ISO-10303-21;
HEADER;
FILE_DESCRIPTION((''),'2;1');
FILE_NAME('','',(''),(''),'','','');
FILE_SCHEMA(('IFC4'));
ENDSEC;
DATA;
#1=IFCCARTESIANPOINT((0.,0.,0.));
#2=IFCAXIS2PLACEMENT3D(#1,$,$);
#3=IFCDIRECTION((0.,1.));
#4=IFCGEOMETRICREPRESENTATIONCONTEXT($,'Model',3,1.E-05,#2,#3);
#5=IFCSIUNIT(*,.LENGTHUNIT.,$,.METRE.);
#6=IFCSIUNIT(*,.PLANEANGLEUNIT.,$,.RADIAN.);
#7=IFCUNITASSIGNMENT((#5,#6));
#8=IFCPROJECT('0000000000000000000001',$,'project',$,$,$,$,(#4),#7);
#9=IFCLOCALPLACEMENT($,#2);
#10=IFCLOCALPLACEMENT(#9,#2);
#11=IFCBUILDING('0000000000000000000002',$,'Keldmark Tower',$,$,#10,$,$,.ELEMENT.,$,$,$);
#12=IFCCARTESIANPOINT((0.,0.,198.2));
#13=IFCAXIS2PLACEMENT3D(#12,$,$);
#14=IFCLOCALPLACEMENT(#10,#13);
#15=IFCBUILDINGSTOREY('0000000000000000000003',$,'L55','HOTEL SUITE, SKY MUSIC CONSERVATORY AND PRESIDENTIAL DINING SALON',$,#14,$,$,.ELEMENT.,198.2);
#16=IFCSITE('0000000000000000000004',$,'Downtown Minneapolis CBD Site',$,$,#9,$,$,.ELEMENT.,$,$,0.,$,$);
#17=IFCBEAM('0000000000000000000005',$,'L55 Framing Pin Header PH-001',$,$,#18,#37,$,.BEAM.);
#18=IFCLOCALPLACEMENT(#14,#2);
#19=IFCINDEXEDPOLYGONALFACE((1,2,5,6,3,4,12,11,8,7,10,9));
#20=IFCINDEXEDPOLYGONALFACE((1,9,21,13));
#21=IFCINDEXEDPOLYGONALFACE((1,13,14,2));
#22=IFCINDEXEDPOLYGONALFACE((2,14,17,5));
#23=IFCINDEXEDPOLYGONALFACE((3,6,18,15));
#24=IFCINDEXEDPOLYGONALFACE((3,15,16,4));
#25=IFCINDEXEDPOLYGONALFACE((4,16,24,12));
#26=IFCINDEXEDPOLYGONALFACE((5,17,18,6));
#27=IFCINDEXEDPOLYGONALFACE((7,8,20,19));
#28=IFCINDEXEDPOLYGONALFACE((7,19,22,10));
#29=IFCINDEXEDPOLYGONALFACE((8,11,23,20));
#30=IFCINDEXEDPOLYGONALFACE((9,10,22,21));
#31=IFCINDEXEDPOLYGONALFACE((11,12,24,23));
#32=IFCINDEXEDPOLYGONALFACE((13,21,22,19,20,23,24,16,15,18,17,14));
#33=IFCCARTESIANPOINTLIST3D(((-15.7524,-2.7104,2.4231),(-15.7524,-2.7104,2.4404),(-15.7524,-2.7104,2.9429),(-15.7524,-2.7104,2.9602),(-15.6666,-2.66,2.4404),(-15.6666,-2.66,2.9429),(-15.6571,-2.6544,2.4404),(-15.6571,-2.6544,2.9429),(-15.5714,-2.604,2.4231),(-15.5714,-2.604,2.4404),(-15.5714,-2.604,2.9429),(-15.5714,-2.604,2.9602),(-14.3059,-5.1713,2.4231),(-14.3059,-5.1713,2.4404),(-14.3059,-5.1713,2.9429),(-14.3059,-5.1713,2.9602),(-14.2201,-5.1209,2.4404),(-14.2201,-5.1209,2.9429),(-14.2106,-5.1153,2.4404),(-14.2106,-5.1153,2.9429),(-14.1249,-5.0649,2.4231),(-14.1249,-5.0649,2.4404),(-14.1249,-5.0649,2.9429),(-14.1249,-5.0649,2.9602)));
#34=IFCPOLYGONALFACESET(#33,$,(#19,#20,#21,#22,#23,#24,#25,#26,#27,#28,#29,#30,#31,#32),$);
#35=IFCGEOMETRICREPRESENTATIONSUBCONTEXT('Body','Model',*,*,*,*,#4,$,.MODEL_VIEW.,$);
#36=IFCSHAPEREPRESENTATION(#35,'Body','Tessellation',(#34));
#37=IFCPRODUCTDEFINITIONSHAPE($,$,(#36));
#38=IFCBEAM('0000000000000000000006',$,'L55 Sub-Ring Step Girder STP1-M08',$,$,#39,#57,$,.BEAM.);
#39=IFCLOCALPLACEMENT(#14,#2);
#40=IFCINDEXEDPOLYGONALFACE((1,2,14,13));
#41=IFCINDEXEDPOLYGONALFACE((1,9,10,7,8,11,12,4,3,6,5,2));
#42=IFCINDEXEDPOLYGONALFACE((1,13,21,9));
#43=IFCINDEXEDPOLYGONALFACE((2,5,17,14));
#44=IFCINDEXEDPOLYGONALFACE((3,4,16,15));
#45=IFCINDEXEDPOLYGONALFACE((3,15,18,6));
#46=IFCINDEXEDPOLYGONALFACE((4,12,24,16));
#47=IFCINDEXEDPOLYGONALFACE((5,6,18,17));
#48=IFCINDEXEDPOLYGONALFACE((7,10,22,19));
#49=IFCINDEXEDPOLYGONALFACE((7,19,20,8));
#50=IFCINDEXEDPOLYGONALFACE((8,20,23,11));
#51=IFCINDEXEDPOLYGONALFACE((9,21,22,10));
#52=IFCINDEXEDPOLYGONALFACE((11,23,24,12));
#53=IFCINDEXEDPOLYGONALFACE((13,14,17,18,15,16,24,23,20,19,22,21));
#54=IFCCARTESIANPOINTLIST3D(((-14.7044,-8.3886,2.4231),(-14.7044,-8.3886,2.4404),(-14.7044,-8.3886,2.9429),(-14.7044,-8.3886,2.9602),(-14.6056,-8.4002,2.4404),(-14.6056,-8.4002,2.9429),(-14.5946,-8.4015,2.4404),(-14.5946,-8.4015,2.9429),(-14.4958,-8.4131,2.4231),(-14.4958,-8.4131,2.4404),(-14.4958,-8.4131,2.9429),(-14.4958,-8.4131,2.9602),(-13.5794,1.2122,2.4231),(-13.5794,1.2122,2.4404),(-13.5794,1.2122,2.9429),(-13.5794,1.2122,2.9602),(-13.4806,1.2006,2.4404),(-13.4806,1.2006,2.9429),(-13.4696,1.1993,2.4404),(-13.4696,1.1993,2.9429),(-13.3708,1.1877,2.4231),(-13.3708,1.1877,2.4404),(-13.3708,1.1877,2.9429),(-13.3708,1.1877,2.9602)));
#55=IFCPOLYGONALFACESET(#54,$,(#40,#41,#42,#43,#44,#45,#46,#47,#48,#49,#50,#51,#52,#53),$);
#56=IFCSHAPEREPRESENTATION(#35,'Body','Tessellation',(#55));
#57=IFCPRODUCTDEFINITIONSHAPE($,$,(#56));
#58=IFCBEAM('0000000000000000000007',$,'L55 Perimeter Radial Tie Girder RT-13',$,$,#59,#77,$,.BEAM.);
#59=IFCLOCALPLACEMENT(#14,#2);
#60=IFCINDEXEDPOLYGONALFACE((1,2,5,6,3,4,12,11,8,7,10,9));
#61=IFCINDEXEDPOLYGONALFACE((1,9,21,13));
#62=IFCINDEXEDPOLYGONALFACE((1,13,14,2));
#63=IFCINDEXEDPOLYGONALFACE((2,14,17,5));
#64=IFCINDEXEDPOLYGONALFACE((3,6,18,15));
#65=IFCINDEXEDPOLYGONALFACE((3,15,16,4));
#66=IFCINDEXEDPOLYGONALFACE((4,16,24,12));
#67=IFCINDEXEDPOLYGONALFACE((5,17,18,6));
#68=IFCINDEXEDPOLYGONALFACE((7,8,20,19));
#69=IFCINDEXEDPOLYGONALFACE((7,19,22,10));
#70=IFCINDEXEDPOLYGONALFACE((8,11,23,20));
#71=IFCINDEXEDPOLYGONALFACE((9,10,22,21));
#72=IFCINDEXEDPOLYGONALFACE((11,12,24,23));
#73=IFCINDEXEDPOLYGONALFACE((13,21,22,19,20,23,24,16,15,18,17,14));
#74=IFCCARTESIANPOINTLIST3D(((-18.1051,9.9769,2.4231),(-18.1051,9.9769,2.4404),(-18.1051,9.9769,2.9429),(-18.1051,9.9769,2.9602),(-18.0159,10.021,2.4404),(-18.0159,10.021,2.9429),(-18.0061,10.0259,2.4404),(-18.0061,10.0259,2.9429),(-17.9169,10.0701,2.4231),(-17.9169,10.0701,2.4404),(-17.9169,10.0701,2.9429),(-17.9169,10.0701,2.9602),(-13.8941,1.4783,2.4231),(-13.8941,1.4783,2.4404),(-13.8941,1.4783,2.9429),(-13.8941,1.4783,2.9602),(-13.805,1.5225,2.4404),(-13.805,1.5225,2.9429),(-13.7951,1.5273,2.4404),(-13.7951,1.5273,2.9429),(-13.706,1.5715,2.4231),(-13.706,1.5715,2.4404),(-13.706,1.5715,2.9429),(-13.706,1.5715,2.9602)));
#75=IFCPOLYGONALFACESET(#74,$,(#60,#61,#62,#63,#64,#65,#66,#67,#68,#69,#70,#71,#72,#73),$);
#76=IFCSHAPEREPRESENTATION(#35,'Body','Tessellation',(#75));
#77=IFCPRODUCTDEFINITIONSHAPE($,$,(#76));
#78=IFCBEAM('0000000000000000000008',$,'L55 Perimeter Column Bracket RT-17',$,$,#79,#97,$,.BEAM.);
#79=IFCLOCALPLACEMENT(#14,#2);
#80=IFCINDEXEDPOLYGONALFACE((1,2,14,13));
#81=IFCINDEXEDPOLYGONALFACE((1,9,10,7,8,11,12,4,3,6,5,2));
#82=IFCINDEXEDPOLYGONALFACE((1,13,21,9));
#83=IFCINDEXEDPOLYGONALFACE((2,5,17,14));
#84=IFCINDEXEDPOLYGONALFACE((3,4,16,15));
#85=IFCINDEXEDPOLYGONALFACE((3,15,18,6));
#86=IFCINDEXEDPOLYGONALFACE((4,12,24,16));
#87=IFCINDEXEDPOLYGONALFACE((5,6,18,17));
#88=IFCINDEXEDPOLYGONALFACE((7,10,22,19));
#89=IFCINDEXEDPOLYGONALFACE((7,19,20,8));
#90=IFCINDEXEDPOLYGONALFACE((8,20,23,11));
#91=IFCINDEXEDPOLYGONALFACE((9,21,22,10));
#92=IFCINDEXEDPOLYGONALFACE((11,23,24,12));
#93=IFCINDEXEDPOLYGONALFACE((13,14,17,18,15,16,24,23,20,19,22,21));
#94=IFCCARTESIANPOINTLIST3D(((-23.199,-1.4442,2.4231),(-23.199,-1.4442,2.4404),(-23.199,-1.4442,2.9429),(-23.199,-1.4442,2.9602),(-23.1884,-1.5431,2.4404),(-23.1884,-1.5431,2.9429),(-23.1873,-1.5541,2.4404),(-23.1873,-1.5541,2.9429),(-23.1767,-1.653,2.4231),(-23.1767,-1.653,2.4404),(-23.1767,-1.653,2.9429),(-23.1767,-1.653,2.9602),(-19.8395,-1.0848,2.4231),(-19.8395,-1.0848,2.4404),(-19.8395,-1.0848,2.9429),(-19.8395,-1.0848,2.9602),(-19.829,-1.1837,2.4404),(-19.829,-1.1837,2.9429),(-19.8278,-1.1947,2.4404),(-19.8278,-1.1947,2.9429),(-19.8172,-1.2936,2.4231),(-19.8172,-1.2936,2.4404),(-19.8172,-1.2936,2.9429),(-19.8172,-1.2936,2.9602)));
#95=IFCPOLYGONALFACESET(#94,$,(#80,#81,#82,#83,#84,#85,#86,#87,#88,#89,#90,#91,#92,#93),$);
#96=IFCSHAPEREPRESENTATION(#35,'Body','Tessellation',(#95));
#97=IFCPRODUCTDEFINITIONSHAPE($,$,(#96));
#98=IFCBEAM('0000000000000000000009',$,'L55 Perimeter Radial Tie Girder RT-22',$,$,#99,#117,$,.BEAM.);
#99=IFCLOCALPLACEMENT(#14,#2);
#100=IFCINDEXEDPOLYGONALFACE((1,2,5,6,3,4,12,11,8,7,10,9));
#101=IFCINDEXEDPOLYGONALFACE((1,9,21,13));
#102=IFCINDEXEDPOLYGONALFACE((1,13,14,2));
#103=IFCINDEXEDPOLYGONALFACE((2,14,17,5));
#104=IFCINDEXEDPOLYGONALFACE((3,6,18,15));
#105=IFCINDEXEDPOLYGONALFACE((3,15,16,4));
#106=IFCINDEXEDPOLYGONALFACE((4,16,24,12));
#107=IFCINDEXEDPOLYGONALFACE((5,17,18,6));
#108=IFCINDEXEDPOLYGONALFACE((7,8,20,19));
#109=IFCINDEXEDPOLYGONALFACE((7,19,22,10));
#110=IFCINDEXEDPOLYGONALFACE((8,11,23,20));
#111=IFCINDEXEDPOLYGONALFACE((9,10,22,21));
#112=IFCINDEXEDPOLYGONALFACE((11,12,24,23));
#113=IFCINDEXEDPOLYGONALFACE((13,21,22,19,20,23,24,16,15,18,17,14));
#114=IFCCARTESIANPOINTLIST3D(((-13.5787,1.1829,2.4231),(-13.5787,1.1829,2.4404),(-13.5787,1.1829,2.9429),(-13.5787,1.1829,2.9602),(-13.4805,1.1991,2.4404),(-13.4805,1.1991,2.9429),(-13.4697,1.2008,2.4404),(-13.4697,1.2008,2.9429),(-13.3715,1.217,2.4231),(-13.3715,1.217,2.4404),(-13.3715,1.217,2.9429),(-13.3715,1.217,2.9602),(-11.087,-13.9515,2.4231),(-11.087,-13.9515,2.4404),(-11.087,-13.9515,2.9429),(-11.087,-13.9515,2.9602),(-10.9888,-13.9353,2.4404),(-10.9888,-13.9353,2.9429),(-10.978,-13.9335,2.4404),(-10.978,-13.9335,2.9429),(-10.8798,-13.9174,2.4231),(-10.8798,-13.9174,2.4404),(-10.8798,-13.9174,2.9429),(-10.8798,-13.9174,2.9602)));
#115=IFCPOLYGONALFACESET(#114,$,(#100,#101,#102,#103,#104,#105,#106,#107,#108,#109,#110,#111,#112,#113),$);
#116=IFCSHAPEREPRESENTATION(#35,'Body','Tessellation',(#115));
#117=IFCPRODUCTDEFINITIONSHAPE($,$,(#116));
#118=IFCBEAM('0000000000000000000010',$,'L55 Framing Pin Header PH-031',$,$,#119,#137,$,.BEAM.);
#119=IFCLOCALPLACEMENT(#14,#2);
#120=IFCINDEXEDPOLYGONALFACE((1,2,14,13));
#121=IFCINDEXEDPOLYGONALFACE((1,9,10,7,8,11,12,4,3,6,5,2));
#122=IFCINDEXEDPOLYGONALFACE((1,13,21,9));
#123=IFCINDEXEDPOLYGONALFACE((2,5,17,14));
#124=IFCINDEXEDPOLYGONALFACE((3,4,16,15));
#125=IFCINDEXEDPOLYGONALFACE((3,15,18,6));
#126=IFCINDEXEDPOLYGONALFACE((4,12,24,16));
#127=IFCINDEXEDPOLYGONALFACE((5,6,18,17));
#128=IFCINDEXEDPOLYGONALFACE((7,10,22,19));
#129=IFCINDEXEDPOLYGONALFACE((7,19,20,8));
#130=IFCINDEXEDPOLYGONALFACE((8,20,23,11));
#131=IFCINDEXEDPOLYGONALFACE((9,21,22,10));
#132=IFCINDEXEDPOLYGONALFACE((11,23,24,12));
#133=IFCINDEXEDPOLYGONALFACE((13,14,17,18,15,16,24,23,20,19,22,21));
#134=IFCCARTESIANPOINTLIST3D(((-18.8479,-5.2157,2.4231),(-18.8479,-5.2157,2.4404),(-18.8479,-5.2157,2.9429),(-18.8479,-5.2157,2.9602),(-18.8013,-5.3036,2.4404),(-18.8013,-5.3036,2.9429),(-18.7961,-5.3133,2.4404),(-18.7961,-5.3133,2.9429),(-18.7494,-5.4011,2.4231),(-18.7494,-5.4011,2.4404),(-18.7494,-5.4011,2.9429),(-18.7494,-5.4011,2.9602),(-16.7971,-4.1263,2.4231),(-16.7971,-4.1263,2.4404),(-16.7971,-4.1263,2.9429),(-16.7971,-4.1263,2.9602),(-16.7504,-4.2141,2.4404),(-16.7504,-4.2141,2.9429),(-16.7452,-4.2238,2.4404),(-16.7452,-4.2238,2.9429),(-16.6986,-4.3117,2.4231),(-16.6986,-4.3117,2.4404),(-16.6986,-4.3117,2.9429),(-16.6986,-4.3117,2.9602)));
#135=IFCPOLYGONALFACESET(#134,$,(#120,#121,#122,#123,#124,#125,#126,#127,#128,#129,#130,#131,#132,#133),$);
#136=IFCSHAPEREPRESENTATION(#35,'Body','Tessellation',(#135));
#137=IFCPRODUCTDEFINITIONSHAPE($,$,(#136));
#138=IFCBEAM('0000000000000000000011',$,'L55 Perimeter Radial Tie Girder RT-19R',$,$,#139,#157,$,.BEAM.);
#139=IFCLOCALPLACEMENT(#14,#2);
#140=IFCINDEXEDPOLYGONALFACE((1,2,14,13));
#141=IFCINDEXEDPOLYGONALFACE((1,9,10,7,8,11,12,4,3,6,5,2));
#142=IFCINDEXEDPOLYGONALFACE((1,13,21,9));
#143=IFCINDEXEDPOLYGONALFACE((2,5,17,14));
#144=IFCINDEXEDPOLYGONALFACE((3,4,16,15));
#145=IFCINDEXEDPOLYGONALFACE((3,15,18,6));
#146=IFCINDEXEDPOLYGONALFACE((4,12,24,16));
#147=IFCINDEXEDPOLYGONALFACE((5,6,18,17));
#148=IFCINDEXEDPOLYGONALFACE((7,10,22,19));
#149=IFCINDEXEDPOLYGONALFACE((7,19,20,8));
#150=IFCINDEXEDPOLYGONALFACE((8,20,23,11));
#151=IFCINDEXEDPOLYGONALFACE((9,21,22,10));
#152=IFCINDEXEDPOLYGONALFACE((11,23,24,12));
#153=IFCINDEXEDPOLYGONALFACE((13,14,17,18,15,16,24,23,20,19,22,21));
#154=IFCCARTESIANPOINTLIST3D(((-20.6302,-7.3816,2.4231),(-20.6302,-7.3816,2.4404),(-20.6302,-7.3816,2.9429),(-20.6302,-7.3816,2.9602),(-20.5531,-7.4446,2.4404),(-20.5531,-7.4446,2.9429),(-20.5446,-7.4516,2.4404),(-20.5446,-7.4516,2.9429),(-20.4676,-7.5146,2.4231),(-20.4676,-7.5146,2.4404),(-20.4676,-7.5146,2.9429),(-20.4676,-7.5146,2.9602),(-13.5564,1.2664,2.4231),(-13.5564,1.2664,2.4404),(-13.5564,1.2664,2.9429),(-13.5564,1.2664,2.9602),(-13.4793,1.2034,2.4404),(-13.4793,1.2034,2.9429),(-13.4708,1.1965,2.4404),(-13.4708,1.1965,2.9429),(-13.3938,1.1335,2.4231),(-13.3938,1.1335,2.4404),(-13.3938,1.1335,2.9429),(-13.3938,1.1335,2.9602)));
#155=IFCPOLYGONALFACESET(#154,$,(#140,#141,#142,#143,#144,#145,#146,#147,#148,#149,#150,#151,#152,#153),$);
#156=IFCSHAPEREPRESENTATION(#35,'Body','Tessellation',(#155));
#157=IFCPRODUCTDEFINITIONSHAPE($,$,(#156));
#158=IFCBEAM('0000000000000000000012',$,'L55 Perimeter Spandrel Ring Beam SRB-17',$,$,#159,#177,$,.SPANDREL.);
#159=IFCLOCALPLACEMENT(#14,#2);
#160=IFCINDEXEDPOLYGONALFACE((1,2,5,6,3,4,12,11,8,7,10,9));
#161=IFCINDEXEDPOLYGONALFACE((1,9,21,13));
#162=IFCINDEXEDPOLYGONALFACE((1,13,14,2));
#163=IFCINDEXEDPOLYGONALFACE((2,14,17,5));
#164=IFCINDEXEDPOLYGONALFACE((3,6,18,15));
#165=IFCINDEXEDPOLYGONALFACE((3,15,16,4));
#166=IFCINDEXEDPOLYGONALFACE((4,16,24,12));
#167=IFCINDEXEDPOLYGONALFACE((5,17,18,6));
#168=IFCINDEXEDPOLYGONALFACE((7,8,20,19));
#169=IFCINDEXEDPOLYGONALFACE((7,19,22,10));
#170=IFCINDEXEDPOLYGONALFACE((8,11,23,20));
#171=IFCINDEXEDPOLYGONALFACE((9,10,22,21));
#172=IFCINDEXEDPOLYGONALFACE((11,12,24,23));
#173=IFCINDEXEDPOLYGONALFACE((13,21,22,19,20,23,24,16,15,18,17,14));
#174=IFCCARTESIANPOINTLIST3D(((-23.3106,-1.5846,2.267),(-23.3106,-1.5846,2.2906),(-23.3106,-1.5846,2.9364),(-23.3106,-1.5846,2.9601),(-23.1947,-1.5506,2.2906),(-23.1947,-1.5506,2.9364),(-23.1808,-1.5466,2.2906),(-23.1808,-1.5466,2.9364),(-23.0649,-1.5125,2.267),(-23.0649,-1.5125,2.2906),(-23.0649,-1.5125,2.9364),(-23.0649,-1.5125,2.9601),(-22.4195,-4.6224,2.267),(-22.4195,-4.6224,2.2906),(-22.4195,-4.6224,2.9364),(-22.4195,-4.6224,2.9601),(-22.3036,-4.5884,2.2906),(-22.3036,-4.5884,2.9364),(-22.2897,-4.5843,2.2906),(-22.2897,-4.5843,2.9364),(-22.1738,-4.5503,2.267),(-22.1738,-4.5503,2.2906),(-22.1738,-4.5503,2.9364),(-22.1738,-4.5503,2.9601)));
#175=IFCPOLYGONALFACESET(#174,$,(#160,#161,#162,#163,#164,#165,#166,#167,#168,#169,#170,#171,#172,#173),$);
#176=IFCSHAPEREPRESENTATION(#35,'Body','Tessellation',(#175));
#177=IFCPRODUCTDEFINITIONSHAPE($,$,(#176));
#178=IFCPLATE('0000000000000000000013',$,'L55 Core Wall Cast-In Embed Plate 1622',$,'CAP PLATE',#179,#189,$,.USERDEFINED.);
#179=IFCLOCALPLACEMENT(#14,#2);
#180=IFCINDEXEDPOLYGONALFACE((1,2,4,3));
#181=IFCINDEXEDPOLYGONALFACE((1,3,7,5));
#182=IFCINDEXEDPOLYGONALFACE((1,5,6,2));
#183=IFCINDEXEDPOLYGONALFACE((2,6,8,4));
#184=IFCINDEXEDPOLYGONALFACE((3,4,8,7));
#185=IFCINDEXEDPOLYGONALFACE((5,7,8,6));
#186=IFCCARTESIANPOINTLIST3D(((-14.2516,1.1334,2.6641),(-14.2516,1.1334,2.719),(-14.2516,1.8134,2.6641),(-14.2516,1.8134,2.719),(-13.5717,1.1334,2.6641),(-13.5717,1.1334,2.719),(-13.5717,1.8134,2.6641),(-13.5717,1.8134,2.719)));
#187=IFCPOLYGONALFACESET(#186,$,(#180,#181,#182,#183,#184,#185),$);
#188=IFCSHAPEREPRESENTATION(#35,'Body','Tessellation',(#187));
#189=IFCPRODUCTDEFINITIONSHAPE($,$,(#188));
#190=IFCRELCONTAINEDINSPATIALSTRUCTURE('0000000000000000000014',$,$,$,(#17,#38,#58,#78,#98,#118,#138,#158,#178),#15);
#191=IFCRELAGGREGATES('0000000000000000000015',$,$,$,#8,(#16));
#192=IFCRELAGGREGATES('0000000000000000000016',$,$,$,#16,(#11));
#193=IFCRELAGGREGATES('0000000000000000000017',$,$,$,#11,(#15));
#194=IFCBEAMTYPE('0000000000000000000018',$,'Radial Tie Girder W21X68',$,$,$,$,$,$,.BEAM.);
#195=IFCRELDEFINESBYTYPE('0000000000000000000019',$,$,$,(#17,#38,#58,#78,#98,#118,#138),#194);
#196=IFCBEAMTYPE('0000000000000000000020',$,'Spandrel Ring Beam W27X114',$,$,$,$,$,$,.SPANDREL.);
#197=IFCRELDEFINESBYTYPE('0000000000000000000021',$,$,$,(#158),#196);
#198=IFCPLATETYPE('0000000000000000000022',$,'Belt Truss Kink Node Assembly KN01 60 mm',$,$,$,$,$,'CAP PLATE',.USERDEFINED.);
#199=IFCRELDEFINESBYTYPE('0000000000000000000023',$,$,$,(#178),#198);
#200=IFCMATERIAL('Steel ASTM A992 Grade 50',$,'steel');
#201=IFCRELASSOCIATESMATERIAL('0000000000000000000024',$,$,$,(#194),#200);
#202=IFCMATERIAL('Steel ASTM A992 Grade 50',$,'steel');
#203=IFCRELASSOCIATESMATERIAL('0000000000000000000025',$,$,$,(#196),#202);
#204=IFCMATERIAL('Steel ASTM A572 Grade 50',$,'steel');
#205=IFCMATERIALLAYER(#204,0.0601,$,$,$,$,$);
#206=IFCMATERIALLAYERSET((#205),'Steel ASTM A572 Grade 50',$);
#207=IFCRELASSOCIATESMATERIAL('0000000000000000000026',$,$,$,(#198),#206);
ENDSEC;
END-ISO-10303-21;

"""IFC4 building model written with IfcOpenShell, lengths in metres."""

from ifc_helpers import new_model, si_unit, direction, frame, origin, origin_2d, place, context, subcontext, project, spatial, rectangle, i_section, extrude, material, layer, layer_set, material_profile, profile_set, type_object, element, save


model = new_model("IFC4")

# Units and contexts
model_context = context("Model", 3, precision=1e-05, world=origin(), true_north=direction((0.0, 1.0)))
body_context = subcontext(model_context, "Body", "Model", "MODEL_VIEW")
ifc_project = project(units=[si_unit("LENGTHUNIT", "METRE"), si_unit("PLANEANGLEUNIT", "RADIAN")], contexts=[model_context])

# Site, building, storey
site_placement = place(None, origin())
site = spatial("IfcSite", under=ifc_project, at=site_placement, Name="Downtown Minneapolis CBD Site", CompositionType="ELEMENT", RefElevation=0.0)
building_placement = place(site_placement, origin())
building = spatial("IfcBuilding", under=site, at=building_placement, Name="Keldmark Tower", CompositionType="ELEMENT")
storey_placement = place(building_placement, frame((0.0, 0.0, 198.2)))
storey = spatial("IfcBuildingStorey", under=building, at=storey_placement, Name="L55", Description="HOTEL SUITE, SKY MUSIC CONSERVATORY AND PRESIDENTIAL DINING SALON", CompositionType="ELEMENT", Elevation=198.2)

# Beams
ifc_material_1 = material(Name="Steel ASTM A992 Grade 50", Category="steel")
ifc_material_profile_1 = material_profile(ifc_material_1, i_section(OverallWidth=0.21, OverallDepth=0.5371, WebThickness=0.011, FlangeThickness=0.0173, at=origin_2d()), Name="W21X68")
ifc_profile_set_1 = profile_set([ifc_material_profile_1], Name="Steel ASTM A992 Grade 50")
beam_type_1 = type_object("IfcBeamType", Name="Radial Tie Girder W21X68", PredefinedType="BEAM", material=ifc_profile_set_1)
beam_1_placement = place(storey_placement, frame((-15.6619, -2.6572, 2.6917), z_axis=(0.50674, -0.862099, 0.0), x_axis=(0.862099, 0.50674, 0.0)))
element("IfcBeam", 1, at=beam_1_placement, inside=storey, type_object=beam_type_1, Name="L55 Framing Pin Header PH-001", PredefinedType="BEAM", context=body_context, shape_type="SweptSolid", body=[
    extrude(i_section(OverallWidth=0.21, OverallDepth=0.5371, WebThickness=0.011, FlangeThickness=0.0173, at=origin_2d()), origin(), (0.0, 0.0, 1.0), 2.8545),
])
beam_2_placement = place(storey_placement, frame((-13.4751, 1.2, 2.6917), z_axis=(-0.116381, -0.993205, 0.0), x_axis=(0.993205, -0.116381, 0.0)))
element("IfcBeam", 2, at=beam_2_placement, inside=storey, type_object=beam_type_1, Name="L55 Sub-Ring Step Girder STP1-M08", PredefinedType="BEAM", context=body_context, shape_type="SweptSolid", body=[
    extrude(i_section(OverallWidth=0.21, OverallDepth=0.5371, WebThickness=0.011, FlangeThickness=0.0173, at=origin_2d()), origin(), (0.0, 0.0, 1.0), 9.6665),
])
beam_3_placement = place(storey_placement, frame((-13.8, 1.5249, 2.6917), z_axis=(-0.443978, 0.896038, 0.0), x_axis=(-0.896038, -0.443978, 0.0)))
element("IfcBeam", 3, at=beam_3_placement, inside=storey, type_object=beam_type_1, Name="L55 Perimeter Radial Tie Girder RT-13", PredefinedType="BEAM", context=body_context, shape_type="SweptSolid", body=[
    extrude(i_section(OverallWidth=0.21, OverallDepth=0.5371, WebThickness=0.011, FlangeThickness=0.0173, at=origin_2d()), origin(), (0.0, 0.0, 1.0), 9.4846),
])
beam_4_placement = place(storey_placement, frame((-19.8284, -1.1892, 2.6917), z_axis=(-0.994327, -0.10637, 0.0), x_axis=(0.10637, -0.994327, 0.0)))
element("IfcBeam", 4, at=beam_4_placement, inside=storey, type_object=beam_type_1, Name="L55 Perimeter Column Bracket RT-17", PredefinedType="BEAM", context=body_context, shape_type="SweptSolid", body=[
    extrude(i_section(OverallWidth=0.21, OverallDepth=0.5371, WebThickness=0.011, FlangeThickness=0.0173, at=origin_2d()), origin(), (0.0, 0.0, 1.0), 3.3787),
])
beam_5_placement = place(storey_placement, frame((-13.4751, 1.2, 2.6917), z_axis=(0.162452, -0.986716, 0.0), x_axis=(0.986716, 0.162452, 0.0)))
element("IfcBeam", 5, at=beam_5_placement, inside=storey, type_object=beam_type_1, Name="L55 Perimeter Radial Tie Girder RT-22", PredefinedType="BEAM", context=body_context, shape_type="SweptSolid", body=[
    extrude(i_section(OverallWidth=0.21, OverallDepth=0.5371, WebThickness=0.011, FlangeThickness=0.0173, at=origin_2d()), origin(), (0.0, 0.0, 1.0), 15.3381),
])
beam_6_placement = place(storey_placement, frame((-16.7478, -4.219, 2.6917), z_axis=(-0.883137, -0.469114, 0.0), x_axis=(0.469114, -0.883137, 0.0)))
element("IfcBeam", 6, at=beam_6_placement, inside=storey, type_object=beam_type_1, Name="L55 Framing Pin Header PH-031", PredefinedType="BEAM", context=body_context, shape_type="SweptSolid", body=[
    extrude(i_section(OverallWidth=0.21, OverallDepth=0.5371, WebThickness=0.011, FlangeThickness=0.0173, at=origin_2d()), origin(), (0.0, 0.0, 1.0), 2.3223),
])
beam_7_placement = place(storey_placement, frame((-13.4751, 1.2, 2.6917), z_axis=(-0.633138, -0.774039, 0.0), x_axis=(0.774039, -0.633138, 0.0)))
element("IfcBeam", 7, at=beam_7_placement, inside=storey, type_object=beam_type_1, Name="L55 Perimeter Radial Tie Girder RT-19R", PredefinedType="BEAM", context=body_context, shape_type="SweptSolid", body=[
    extrude(i_section(OverallWidth=0.21, OverallDepth=0.5371, WebThickness=0.011, FlangeThickness=0.0173, at=origin_2d()), origin(), (0.0, 0.0, 1.0), 11.1726),
])
ifc_material_2 = material(Name="Steel ASTM A992 Grade 50", Category="steel")
ifc_material_profile_2 = material_profile(ifc_material_2, i_section(OverallWidth=0.2561, OverallDepth=0.6931, WebThickness=0.0144, FlangeThickness=0.0237, at=origin_2d()), Name="W27X114")
ifc_profile_set_2 = profile_set([ifc_material_profile_2], Name="Steel ASTM A992 Grade 50")
beam_type_2 = type_object("IfcBeamType", Name="Spandrel Ring Beam W27X114", PredefinedType="SPANDREL", material=ifc_profile_set_2)
beam_8_placement = place(storey_placement, frame((-23.1877, -1.5486, 2.6135), z_axis=(0.281477, -0.959568, 0.0), x_axis=(0.959568, 0.281477, 0.0)))
element("IfcBeam", 8, at=beam_8_placement, inside=storey, type_object=beam_type_2, Name="L55 Perimeter Spandrel Ring Beam SRB-17", PredefinedType="SPANDREL", context=body_context, shape_type="SweptSolid", body=[
    extrude(i_section(OverallWidth=0.2561, OverallDepth=0.6931, WebThickness=0.0144, FlangeThickness=0.0237, at=origin_2d()), origin(), (0.0, 0.0, 1.0), 3.1658),
])

# Plate
ifc_material_3 = material(Name="Steel ASTM A572 Grade 50", Category="steel")
ifc_layer_1 = layer(ifc_material_3, 0.0601)
ifc_layer_set_1 = layer_set([ifc_layer_1], Name="Steel ASTM A572 Grade 50")
plate_type_1 = type_object("IfcPlateType", Name="Belt Truss Kink Node Assembly KN01 60 mm", ElementType="CAP PLATE", PredefinedType="USERDEFINED", material=ifc_layer_set_1)
for number, where, z_axis, x_axis, name in (
    (9, (-13.9116, 1.4734, 2.6641), (0.0, 0.0, 1.0), (1.0, 0.0, 0.0), "L55 Core Wall Cast-In Embed Plate 1622"),
):
    element("IfcPlate", number, at=place(storey_placement, frame(where, z_axis=z_axis, x_axis=x_axis)), inside=storey, type_object=plate_type_1, Name=name, ObjectType="CAP PLATE", PredefinedType="USERDEFINED", context=body_context, shape_type="SweptSolid", body=[
        extrude(rectangle(XDim=0.6799, YDim=0.6799, at=origin_2d()), origin(), (0.0, 0.0, 1.0), 0.0549),
    ])

save(model, "model.ifc")
